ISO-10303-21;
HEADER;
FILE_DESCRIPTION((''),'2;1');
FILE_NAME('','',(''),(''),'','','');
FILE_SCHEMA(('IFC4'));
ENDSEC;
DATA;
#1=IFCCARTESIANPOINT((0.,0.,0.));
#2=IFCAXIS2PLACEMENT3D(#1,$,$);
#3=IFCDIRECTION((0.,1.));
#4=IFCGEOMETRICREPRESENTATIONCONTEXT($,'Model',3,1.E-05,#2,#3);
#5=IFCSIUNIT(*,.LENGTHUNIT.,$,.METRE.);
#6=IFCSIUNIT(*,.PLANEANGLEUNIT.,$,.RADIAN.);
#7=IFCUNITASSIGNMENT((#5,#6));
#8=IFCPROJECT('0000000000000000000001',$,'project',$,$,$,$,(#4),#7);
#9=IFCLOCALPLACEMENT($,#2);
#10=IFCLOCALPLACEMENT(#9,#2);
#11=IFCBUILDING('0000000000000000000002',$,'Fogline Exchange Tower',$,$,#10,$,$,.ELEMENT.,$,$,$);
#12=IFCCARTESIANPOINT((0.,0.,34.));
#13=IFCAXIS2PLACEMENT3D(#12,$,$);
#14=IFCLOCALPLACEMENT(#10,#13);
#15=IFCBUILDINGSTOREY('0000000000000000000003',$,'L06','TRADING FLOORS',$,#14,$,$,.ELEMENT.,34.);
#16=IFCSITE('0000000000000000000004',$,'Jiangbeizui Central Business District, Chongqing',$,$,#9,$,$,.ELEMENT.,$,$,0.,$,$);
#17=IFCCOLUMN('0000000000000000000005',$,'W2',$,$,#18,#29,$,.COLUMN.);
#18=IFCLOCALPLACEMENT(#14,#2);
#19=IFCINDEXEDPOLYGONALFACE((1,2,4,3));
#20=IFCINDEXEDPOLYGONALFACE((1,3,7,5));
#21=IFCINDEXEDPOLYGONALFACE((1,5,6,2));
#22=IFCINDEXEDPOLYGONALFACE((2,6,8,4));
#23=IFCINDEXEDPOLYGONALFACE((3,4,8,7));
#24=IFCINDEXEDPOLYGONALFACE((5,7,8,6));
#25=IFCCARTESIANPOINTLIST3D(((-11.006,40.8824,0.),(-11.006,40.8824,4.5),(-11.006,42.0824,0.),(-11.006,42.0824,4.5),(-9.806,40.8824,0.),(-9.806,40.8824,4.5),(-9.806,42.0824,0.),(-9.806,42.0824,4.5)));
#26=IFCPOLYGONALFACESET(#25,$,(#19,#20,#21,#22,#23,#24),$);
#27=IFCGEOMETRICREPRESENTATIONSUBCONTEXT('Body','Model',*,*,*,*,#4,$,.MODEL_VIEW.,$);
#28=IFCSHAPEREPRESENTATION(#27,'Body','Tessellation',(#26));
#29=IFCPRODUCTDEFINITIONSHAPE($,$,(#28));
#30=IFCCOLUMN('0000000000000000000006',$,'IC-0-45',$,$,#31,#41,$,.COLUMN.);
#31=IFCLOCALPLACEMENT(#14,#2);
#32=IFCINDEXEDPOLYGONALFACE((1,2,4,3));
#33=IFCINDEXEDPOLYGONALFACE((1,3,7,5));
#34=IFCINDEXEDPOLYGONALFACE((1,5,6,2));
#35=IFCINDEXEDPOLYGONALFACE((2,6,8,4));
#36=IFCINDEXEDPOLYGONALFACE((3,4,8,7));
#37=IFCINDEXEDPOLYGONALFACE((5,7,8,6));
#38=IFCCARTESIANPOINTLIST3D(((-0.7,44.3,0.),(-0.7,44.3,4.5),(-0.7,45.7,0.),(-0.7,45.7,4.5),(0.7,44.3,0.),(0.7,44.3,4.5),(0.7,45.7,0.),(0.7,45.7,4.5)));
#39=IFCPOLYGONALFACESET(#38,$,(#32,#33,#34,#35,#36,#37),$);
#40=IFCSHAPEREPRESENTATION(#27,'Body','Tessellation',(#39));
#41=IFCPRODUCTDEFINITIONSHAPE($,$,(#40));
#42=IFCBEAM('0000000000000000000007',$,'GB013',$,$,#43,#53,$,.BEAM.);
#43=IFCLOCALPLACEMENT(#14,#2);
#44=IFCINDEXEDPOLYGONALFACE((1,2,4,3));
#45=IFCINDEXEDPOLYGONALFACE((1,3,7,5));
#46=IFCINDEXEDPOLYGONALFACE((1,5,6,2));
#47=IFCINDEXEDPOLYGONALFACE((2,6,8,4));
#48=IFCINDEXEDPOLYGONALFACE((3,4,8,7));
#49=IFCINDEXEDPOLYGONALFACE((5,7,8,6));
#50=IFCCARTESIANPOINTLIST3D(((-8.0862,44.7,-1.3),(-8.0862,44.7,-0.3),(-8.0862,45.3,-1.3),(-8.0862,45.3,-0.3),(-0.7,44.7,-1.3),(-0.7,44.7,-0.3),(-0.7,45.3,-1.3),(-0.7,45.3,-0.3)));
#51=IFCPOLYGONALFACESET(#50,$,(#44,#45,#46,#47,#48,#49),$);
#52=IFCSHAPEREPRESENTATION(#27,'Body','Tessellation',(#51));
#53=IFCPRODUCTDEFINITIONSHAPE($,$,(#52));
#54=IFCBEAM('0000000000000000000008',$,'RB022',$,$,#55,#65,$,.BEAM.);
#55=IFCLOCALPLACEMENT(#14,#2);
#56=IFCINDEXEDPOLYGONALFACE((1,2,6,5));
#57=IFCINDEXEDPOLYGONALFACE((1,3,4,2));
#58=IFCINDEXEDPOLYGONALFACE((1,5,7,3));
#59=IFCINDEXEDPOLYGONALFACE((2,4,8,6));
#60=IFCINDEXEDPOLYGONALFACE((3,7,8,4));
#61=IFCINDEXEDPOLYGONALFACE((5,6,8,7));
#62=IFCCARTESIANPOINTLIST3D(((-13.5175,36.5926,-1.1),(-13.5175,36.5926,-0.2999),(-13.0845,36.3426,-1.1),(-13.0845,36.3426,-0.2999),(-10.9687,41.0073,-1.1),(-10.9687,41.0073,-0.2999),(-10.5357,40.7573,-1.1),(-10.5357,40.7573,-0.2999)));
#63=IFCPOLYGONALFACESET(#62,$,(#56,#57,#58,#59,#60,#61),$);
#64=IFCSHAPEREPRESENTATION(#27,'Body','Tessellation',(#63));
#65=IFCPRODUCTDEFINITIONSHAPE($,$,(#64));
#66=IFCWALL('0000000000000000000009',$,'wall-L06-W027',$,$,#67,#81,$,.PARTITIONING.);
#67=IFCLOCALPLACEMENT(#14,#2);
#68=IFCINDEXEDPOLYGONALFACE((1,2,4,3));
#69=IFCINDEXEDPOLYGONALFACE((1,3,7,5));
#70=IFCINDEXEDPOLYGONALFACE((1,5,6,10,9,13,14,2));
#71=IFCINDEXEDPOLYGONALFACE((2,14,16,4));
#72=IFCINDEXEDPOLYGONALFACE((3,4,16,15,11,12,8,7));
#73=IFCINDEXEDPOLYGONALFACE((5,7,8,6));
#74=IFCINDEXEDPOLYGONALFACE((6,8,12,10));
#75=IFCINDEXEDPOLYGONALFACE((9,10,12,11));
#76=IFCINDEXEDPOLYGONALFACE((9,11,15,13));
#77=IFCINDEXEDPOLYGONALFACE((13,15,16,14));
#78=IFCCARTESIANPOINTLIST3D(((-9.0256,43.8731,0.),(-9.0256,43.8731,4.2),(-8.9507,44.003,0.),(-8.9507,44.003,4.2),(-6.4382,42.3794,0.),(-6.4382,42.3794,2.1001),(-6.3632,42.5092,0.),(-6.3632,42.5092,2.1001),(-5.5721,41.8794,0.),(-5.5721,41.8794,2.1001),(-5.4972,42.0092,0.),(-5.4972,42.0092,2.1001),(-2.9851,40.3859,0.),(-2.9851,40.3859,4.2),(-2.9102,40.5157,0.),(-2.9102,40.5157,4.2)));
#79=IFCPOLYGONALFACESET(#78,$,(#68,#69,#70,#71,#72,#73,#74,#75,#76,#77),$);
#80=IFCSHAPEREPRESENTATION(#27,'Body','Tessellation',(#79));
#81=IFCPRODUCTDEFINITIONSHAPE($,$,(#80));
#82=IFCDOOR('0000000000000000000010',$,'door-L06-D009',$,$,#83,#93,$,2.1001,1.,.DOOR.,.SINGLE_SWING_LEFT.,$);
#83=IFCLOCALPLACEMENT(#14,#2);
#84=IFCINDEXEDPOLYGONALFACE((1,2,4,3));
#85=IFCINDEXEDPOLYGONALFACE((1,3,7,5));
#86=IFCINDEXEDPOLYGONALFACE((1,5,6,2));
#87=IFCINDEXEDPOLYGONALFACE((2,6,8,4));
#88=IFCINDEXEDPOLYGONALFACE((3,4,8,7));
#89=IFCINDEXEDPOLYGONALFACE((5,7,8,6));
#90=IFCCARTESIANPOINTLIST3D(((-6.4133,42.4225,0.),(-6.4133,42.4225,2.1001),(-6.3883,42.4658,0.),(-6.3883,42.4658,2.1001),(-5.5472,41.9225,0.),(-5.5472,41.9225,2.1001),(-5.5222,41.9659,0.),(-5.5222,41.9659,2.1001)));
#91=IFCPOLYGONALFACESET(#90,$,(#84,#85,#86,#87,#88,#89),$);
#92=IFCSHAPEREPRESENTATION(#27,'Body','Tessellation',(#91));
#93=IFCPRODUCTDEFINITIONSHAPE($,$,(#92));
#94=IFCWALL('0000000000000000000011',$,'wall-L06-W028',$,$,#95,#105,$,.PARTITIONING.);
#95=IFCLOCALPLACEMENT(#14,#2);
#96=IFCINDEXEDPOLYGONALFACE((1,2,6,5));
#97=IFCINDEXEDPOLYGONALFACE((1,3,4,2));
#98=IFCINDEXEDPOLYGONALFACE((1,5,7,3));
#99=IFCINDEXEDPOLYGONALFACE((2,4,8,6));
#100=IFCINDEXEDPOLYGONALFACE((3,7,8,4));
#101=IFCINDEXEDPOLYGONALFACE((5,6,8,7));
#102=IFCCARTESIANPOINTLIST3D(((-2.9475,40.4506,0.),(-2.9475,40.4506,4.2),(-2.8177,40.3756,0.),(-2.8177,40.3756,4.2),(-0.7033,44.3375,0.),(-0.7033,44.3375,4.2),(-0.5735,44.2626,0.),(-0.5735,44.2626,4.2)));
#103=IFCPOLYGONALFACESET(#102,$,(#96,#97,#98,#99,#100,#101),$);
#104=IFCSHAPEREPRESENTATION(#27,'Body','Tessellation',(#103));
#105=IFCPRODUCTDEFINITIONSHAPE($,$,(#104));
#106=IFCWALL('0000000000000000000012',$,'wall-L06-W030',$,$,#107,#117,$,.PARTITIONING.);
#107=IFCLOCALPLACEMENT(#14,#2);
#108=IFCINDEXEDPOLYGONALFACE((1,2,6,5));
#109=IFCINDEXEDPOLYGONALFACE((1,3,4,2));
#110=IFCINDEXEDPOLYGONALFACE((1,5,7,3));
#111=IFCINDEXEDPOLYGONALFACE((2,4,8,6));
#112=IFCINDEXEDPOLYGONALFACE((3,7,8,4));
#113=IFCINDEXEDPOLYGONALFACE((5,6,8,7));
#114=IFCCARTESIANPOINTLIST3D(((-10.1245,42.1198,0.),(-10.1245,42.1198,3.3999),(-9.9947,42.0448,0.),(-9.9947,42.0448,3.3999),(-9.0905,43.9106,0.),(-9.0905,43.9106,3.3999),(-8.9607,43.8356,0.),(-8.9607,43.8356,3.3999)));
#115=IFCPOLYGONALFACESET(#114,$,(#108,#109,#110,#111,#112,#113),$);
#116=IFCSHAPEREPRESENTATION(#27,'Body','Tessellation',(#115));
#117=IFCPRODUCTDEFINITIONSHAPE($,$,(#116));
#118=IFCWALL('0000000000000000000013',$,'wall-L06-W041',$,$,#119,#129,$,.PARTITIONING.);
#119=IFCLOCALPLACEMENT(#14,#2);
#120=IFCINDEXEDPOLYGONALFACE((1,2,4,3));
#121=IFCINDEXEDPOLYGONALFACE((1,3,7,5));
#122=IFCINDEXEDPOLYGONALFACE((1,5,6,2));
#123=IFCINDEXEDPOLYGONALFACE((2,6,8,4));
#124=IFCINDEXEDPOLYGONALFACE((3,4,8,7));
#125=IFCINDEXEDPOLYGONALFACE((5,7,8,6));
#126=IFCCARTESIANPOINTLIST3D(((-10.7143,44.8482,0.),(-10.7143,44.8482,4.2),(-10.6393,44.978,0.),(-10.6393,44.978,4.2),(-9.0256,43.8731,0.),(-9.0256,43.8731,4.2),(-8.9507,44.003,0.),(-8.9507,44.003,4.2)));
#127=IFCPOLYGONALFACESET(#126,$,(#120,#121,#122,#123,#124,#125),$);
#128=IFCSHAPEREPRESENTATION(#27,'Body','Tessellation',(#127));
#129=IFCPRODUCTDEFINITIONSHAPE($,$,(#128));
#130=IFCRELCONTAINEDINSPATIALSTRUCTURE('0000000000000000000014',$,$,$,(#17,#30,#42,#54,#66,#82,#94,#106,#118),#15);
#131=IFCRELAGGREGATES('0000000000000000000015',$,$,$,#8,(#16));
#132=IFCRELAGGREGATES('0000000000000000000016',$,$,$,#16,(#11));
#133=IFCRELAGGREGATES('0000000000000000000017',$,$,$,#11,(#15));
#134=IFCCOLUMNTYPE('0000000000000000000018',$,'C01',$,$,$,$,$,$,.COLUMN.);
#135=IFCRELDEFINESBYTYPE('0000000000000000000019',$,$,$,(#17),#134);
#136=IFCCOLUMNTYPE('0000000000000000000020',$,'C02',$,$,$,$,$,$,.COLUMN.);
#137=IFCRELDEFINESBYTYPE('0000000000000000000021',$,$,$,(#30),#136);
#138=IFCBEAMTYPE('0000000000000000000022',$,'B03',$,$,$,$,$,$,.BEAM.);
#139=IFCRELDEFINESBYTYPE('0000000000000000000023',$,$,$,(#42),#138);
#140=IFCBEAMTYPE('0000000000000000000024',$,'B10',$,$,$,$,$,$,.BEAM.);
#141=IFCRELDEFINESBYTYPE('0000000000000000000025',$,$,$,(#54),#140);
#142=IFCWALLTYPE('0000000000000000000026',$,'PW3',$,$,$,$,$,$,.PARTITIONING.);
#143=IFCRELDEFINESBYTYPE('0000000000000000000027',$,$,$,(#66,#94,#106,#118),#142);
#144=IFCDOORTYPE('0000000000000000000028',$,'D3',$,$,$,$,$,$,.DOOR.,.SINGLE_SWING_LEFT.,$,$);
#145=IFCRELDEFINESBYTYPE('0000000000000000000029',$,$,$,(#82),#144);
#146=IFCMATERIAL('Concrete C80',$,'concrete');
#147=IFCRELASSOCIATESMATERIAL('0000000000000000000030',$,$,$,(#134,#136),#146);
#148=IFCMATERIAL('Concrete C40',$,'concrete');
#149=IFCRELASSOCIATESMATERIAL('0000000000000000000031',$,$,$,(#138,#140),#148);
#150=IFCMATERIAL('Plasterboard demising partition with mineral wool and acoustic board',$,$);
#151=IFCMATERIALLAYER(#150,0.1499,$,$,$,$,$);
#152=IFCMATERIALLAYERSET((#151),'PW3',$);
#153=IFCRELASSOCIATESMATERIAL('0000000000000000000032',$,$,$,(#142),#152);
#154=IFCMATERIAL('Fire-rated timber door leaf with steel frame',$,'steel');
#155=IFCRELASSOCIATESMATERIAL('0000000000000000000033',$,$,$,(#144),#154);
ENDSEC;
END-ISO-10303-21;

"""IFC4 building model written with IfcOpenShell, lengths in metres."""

from ifc_helpers import new_model, si_unit, direction, frame, frame_2d, origin, origin_2d, place, context, subcontext, project, spatial, rectangle, extrude, material, layer, layer_set, material_profile, profile_set, type_object, element, fill, save


model = new_model("IFC4")

# Units and contexts
model_context = context("Model", 3, precision=1e-05, world=origin(), true_north=direction((0.0, 1.0)))
body_context = subcontext(model_context, "Body", "Model", "MODEL_VIEW")
ifc_project = project(units=[si_unit("LENGTHUNIT", "METRE"), si_unit("PLANEANGLEUNIT", "RADIAN")], contexts=[model_context])

# Site, building, storey
site_placement = place(None, origin())
site = spatial("IfcSite", under=ifc_project, at=site_placement, Name="Jiangbeizui Central Business District, Chongqing", CompositionType="ELEMENT", RefElevation=0.0)
building_placement = place(site_placement, origin())
building = spatial("IfcBuilding", under=site, at=building_placement, Name="Fogline Exchange Tower", CompositionType="ELEMENT")
storey_placement = place(building_placement, frame((0.0, 0.0, 34.0)))
storey = spatial("IfcBuildingStorey", under=building, at=storey_placement, Name="L06", Description="TRADING FLOORS", CompositionType="ELEMENT", Elevation=34.0)

# Columns
ifc_material_1 = material(Name="Concrete C80", Category="concrete")
ifc_material_profile_1 = material_profile(ifc_material_1, rectangle(XDim=1.2, YDim=1.2, at=origin_2d()), Name="RC 1200x1200")
ifc_profile_set_1 = profile_set([ifc_material_profile_1], Name="Concrete C80")
column_type_1 = type_object("IfcColumnType", Name="C01", PredefinedType="COLUMN", material=ifc_profile_set_1)
column_1_placement = place(storey_placement, frame((-10.406, 41.4824, 0.0), z_axis=(0.0, 0.0, 1.0), x_axis=(1.0, 0.0, 0.0)))
element("IfcColumn", 1, at=column_1_placement, inside=storey, type_object=column_type_1, Name="W2", PredefinedType="COLUMN", context=body_context, shape_type="SweptSolid", body=[
    extrude(rectangle(XDim=1.2, YDim=1.2, at=origin_2d()), origin(), (0.0, 0.0, 1.0), 4.5),
])
ifc_material_profile_2 = material_profile(ifc_material_1, rectangle(XDim=1.3999, YDim=1.3999, at=origin_2d()), Name="RC 1400x1400")
ifc_profile_set_2 = profile_set([ifc_material_profile_2], Name="Concrete C80")
column_type_2 = type_object("IfcColumnType", Name="C02", PredefinedType="COLUMN", material=ifc_profile_set_2)
column_2_placement = place(storey_placement, frame((0.0, 45.0, 0.0), z_axis=(0.0, 0.0, 1.0), x_axis=(1.0, 0.0, 0.0)))
element("IfcColumn", 2, at=column_2_placement, inside=storey, type_object=column_type_2, Name="IC-0-45", PredefinedType="COLUMN", context=body_context, shape_type="SweptSolid", body=[
    extrude(rectangle(XDim=1.3999, YDim=1.3999, at=origin_2d()), origin(), (0.0, 0.0, 1.0), 4.5),
])

# Beams
ifc_material_2 = material(Name="Concrete C40", Category="concrete")
ifc_material_profile_3 = material_profile(ifc_material_2, rectangle(XDim=0.6001, YDim=1.0, at=origin_2d()), Name="RC 600x1000")
ifc_profile_set_3 = profile_set([ifc_material_profile_3], Name="Concrete C40")
beam_type_1 = type_object("IfcBeamType", Name="B03", PredefinedType="BEAM", material=ifc_profile_set_3)
beam_1_placement = place(storey_placement, frame((-8.0862, 45.0, -0.8), z_axis=(1.0, 0.0, 0.0), x_axis=(0.0, 1.0, 0.0)))
element("IfcBeam", 3, at=beam_1_placement, inside=storey, type_object=beam_type_1, Name="GB013", PredefinedType="BEAM", context=body_context, shape_type="SweptSolid", body=[
    extrude(rectangle(XDim=0.6001, YDim=1.0, at=origin_2d()), origin(), (0.0, 0.0, 1.0), 7.3862),
])
ifc_material_profile_4 = material_profile(ifc_material_2, rectangle(XDim=0.5, YDim=0.8, at=origin_2d()), Name="RC 500x800")
ifc_profile_set_4 = profile_set([ifc_material_profile_4], Name="Concrete C40")
beam_type_2 = type_object("IfcBeamType", Name="B10", PredefinedType="BEAM", material=ifc_profile_set_4)
beam_2_placement = place(storey_placement, frame((-10.7522, 40.8823, -0.7), z_axis=(-0.499992, -0.86603, 0.0), x_axis=(0.86603, -0.499992, 0.0)))
element("IfcBeam", 4, at=beam_2_placement, inside=storey, type_object=beam_type_2, Name="RB022", PredefinedType="BEAM", context=body_context, shape_type="SweptSolid", body=[
    extrude(rectangle(XDim=0.5, YDim=0.8, at=origin_2d()), origin(), (0.0, 0.0, 1.0), 5.0977),
])

# Wall, opening, door
ifc_material_3 = material(Name="Plasterboard demising partition with mineral wool and acoustic board")
ifc_layer = layer(ifc_material_3, 0.1499)
ifc_layer_set = layer_set([ifc_layer], Name="PW3")
wall_type = type_object("IfcWallType", Name="PW3", PredefinedType="PARTITIONING", material=ifc_layer_set)
wall_1_placement = place(storey_placement, frame((-8.988, 43.938, 0.0), z_axis=(0.0, 0.0, 1.0), x_axis=(0.866038, -0.499979, 0.0)))
wall_1 = element("IfcWall", 5, at=wall_1_placement, inside=storey, type_object=wall_type, Name="wall-L06-W027", PredefinedType="PARTITIONING", context=body_context, shape_type="SweptSolid", body=[
    extrude(rectangle(XDim=6.9749, YDim=0.1499, at=frame_2d((3.4873, 0.0))), origin(), (0.0, 0.0, 1.0), 4.2),
])
opening_placement = place(wall_1_placement, frame((2.9875, 0.0, 0.0)))
opening = element("IfcOpeningElement", 6, at=opening_placement, cuts=wall_1, PredefinedType="OPENING", context=body_context, shape_type="SweptSolid", body=[
    extrude(rectangle(XDim=1.0, YDim=2.1001, at=frame_2d((0.5, 1.05))), frame((0.0, 0.085, 0.0), z_axis=(0.0, -1.0, 0.0), x_axis=(1.0, 0.0, 0.0)), (0.0, 0.0, 1.0), 0.1699),
])
ifc_material_4 = material(Name="Fire-rated timber door leaf with steel frame", Category="steel")
door_type = type_object("IfcDoorType", Name="D3", OperationType="SINGLE_SWING_LEFT", PredefinedType="DOOR", material=ifc_material_4)
door_placement = place(opening_placement, origin())
door = element("IfcDoor", 7, at=door_placement, inside=storey, type_object=door_type, Name="door-L06-D009", OperationType="SINGLE_SWING_LEFT", OverallHeight=2.1001, OverallWidth=1.0, PredefinedType="DOOR", context=body_context, shape_type="SweptSolid", body=[
    extrude(rectangle(XDim=1.0, YDim=2.1001, at=frame_2d((0.5, 1.05))), frame((0.0, 0.0249, 0.0), z_axis=(0.0, -1.0, 0.0), x_axis=(1.0, 0.0, 0.0)), (0.0, 0.0, 1.0), 0.05),
])
fill(opening, door)

# Walls
wall_2_placement = place(storey_placement, frame((-2.8826, 40.4131, 0.0), z_axis=(0.0, 0.0, 1.0), x_axis=(0.5, 0.866025, 0.0)))
element("IfcWall", 8, at=wall_2_placement, inside=storey, type_object=wall_type, Name="wall-L06-W028", PredefinedType="PARTITIONING", context=body_context, shape_type="SweptSolid", body=[
    extrude(rectangle(XDim=4.4883, YDim=0.1499, at=frame_2d((2.2441, 0.0))), origin(), (0.0, 0.0, 1.0), 4.2),
])
wall_3_placement = place(storey_placement, frame((-10.0596, 42.0823, 0.0), z_axis=(0.0, 0.0, 1.0), x_axis=(0.500012, 0.866018, 0.0)))
element("IfcWall", 9, at=wall_3_placement, inside=storey, type_object=wall_type, Name="wall-L06-W030", PredefinedType="PARTITIONING", context=body_context, shape_type="SweptSolid", body=[
    extrude(rectangle(XDim=2.0679, YDim=0.1499, at=frame_2d((1.0339, 0.0))), origin(), (0.0, 0.0, 1.0), 3.3999),
])
wall_4_placement = place(storey_placement, frame((-8.988, 43.938, 0.0), z_axis=(0.0, 0.0, 1.0), x_axis=(-0.866, 0.500044, 0.0)))
element("IfcWall", 10, at=wall_4_placement, inside=storey, type_object=wall_type, Name="wall-L06-W041", PredefinedType="PARTITIONING", context=body_context, shape_type="SweptSolid", body=[
    extrude(rectangle(XDim=1.95, YDim=0.1499, at=frame_2d((0.9751, 0.0))), origin(), (0.0, 0.0, 1.0), 4.2),
])

save(model, "model.ifc")
